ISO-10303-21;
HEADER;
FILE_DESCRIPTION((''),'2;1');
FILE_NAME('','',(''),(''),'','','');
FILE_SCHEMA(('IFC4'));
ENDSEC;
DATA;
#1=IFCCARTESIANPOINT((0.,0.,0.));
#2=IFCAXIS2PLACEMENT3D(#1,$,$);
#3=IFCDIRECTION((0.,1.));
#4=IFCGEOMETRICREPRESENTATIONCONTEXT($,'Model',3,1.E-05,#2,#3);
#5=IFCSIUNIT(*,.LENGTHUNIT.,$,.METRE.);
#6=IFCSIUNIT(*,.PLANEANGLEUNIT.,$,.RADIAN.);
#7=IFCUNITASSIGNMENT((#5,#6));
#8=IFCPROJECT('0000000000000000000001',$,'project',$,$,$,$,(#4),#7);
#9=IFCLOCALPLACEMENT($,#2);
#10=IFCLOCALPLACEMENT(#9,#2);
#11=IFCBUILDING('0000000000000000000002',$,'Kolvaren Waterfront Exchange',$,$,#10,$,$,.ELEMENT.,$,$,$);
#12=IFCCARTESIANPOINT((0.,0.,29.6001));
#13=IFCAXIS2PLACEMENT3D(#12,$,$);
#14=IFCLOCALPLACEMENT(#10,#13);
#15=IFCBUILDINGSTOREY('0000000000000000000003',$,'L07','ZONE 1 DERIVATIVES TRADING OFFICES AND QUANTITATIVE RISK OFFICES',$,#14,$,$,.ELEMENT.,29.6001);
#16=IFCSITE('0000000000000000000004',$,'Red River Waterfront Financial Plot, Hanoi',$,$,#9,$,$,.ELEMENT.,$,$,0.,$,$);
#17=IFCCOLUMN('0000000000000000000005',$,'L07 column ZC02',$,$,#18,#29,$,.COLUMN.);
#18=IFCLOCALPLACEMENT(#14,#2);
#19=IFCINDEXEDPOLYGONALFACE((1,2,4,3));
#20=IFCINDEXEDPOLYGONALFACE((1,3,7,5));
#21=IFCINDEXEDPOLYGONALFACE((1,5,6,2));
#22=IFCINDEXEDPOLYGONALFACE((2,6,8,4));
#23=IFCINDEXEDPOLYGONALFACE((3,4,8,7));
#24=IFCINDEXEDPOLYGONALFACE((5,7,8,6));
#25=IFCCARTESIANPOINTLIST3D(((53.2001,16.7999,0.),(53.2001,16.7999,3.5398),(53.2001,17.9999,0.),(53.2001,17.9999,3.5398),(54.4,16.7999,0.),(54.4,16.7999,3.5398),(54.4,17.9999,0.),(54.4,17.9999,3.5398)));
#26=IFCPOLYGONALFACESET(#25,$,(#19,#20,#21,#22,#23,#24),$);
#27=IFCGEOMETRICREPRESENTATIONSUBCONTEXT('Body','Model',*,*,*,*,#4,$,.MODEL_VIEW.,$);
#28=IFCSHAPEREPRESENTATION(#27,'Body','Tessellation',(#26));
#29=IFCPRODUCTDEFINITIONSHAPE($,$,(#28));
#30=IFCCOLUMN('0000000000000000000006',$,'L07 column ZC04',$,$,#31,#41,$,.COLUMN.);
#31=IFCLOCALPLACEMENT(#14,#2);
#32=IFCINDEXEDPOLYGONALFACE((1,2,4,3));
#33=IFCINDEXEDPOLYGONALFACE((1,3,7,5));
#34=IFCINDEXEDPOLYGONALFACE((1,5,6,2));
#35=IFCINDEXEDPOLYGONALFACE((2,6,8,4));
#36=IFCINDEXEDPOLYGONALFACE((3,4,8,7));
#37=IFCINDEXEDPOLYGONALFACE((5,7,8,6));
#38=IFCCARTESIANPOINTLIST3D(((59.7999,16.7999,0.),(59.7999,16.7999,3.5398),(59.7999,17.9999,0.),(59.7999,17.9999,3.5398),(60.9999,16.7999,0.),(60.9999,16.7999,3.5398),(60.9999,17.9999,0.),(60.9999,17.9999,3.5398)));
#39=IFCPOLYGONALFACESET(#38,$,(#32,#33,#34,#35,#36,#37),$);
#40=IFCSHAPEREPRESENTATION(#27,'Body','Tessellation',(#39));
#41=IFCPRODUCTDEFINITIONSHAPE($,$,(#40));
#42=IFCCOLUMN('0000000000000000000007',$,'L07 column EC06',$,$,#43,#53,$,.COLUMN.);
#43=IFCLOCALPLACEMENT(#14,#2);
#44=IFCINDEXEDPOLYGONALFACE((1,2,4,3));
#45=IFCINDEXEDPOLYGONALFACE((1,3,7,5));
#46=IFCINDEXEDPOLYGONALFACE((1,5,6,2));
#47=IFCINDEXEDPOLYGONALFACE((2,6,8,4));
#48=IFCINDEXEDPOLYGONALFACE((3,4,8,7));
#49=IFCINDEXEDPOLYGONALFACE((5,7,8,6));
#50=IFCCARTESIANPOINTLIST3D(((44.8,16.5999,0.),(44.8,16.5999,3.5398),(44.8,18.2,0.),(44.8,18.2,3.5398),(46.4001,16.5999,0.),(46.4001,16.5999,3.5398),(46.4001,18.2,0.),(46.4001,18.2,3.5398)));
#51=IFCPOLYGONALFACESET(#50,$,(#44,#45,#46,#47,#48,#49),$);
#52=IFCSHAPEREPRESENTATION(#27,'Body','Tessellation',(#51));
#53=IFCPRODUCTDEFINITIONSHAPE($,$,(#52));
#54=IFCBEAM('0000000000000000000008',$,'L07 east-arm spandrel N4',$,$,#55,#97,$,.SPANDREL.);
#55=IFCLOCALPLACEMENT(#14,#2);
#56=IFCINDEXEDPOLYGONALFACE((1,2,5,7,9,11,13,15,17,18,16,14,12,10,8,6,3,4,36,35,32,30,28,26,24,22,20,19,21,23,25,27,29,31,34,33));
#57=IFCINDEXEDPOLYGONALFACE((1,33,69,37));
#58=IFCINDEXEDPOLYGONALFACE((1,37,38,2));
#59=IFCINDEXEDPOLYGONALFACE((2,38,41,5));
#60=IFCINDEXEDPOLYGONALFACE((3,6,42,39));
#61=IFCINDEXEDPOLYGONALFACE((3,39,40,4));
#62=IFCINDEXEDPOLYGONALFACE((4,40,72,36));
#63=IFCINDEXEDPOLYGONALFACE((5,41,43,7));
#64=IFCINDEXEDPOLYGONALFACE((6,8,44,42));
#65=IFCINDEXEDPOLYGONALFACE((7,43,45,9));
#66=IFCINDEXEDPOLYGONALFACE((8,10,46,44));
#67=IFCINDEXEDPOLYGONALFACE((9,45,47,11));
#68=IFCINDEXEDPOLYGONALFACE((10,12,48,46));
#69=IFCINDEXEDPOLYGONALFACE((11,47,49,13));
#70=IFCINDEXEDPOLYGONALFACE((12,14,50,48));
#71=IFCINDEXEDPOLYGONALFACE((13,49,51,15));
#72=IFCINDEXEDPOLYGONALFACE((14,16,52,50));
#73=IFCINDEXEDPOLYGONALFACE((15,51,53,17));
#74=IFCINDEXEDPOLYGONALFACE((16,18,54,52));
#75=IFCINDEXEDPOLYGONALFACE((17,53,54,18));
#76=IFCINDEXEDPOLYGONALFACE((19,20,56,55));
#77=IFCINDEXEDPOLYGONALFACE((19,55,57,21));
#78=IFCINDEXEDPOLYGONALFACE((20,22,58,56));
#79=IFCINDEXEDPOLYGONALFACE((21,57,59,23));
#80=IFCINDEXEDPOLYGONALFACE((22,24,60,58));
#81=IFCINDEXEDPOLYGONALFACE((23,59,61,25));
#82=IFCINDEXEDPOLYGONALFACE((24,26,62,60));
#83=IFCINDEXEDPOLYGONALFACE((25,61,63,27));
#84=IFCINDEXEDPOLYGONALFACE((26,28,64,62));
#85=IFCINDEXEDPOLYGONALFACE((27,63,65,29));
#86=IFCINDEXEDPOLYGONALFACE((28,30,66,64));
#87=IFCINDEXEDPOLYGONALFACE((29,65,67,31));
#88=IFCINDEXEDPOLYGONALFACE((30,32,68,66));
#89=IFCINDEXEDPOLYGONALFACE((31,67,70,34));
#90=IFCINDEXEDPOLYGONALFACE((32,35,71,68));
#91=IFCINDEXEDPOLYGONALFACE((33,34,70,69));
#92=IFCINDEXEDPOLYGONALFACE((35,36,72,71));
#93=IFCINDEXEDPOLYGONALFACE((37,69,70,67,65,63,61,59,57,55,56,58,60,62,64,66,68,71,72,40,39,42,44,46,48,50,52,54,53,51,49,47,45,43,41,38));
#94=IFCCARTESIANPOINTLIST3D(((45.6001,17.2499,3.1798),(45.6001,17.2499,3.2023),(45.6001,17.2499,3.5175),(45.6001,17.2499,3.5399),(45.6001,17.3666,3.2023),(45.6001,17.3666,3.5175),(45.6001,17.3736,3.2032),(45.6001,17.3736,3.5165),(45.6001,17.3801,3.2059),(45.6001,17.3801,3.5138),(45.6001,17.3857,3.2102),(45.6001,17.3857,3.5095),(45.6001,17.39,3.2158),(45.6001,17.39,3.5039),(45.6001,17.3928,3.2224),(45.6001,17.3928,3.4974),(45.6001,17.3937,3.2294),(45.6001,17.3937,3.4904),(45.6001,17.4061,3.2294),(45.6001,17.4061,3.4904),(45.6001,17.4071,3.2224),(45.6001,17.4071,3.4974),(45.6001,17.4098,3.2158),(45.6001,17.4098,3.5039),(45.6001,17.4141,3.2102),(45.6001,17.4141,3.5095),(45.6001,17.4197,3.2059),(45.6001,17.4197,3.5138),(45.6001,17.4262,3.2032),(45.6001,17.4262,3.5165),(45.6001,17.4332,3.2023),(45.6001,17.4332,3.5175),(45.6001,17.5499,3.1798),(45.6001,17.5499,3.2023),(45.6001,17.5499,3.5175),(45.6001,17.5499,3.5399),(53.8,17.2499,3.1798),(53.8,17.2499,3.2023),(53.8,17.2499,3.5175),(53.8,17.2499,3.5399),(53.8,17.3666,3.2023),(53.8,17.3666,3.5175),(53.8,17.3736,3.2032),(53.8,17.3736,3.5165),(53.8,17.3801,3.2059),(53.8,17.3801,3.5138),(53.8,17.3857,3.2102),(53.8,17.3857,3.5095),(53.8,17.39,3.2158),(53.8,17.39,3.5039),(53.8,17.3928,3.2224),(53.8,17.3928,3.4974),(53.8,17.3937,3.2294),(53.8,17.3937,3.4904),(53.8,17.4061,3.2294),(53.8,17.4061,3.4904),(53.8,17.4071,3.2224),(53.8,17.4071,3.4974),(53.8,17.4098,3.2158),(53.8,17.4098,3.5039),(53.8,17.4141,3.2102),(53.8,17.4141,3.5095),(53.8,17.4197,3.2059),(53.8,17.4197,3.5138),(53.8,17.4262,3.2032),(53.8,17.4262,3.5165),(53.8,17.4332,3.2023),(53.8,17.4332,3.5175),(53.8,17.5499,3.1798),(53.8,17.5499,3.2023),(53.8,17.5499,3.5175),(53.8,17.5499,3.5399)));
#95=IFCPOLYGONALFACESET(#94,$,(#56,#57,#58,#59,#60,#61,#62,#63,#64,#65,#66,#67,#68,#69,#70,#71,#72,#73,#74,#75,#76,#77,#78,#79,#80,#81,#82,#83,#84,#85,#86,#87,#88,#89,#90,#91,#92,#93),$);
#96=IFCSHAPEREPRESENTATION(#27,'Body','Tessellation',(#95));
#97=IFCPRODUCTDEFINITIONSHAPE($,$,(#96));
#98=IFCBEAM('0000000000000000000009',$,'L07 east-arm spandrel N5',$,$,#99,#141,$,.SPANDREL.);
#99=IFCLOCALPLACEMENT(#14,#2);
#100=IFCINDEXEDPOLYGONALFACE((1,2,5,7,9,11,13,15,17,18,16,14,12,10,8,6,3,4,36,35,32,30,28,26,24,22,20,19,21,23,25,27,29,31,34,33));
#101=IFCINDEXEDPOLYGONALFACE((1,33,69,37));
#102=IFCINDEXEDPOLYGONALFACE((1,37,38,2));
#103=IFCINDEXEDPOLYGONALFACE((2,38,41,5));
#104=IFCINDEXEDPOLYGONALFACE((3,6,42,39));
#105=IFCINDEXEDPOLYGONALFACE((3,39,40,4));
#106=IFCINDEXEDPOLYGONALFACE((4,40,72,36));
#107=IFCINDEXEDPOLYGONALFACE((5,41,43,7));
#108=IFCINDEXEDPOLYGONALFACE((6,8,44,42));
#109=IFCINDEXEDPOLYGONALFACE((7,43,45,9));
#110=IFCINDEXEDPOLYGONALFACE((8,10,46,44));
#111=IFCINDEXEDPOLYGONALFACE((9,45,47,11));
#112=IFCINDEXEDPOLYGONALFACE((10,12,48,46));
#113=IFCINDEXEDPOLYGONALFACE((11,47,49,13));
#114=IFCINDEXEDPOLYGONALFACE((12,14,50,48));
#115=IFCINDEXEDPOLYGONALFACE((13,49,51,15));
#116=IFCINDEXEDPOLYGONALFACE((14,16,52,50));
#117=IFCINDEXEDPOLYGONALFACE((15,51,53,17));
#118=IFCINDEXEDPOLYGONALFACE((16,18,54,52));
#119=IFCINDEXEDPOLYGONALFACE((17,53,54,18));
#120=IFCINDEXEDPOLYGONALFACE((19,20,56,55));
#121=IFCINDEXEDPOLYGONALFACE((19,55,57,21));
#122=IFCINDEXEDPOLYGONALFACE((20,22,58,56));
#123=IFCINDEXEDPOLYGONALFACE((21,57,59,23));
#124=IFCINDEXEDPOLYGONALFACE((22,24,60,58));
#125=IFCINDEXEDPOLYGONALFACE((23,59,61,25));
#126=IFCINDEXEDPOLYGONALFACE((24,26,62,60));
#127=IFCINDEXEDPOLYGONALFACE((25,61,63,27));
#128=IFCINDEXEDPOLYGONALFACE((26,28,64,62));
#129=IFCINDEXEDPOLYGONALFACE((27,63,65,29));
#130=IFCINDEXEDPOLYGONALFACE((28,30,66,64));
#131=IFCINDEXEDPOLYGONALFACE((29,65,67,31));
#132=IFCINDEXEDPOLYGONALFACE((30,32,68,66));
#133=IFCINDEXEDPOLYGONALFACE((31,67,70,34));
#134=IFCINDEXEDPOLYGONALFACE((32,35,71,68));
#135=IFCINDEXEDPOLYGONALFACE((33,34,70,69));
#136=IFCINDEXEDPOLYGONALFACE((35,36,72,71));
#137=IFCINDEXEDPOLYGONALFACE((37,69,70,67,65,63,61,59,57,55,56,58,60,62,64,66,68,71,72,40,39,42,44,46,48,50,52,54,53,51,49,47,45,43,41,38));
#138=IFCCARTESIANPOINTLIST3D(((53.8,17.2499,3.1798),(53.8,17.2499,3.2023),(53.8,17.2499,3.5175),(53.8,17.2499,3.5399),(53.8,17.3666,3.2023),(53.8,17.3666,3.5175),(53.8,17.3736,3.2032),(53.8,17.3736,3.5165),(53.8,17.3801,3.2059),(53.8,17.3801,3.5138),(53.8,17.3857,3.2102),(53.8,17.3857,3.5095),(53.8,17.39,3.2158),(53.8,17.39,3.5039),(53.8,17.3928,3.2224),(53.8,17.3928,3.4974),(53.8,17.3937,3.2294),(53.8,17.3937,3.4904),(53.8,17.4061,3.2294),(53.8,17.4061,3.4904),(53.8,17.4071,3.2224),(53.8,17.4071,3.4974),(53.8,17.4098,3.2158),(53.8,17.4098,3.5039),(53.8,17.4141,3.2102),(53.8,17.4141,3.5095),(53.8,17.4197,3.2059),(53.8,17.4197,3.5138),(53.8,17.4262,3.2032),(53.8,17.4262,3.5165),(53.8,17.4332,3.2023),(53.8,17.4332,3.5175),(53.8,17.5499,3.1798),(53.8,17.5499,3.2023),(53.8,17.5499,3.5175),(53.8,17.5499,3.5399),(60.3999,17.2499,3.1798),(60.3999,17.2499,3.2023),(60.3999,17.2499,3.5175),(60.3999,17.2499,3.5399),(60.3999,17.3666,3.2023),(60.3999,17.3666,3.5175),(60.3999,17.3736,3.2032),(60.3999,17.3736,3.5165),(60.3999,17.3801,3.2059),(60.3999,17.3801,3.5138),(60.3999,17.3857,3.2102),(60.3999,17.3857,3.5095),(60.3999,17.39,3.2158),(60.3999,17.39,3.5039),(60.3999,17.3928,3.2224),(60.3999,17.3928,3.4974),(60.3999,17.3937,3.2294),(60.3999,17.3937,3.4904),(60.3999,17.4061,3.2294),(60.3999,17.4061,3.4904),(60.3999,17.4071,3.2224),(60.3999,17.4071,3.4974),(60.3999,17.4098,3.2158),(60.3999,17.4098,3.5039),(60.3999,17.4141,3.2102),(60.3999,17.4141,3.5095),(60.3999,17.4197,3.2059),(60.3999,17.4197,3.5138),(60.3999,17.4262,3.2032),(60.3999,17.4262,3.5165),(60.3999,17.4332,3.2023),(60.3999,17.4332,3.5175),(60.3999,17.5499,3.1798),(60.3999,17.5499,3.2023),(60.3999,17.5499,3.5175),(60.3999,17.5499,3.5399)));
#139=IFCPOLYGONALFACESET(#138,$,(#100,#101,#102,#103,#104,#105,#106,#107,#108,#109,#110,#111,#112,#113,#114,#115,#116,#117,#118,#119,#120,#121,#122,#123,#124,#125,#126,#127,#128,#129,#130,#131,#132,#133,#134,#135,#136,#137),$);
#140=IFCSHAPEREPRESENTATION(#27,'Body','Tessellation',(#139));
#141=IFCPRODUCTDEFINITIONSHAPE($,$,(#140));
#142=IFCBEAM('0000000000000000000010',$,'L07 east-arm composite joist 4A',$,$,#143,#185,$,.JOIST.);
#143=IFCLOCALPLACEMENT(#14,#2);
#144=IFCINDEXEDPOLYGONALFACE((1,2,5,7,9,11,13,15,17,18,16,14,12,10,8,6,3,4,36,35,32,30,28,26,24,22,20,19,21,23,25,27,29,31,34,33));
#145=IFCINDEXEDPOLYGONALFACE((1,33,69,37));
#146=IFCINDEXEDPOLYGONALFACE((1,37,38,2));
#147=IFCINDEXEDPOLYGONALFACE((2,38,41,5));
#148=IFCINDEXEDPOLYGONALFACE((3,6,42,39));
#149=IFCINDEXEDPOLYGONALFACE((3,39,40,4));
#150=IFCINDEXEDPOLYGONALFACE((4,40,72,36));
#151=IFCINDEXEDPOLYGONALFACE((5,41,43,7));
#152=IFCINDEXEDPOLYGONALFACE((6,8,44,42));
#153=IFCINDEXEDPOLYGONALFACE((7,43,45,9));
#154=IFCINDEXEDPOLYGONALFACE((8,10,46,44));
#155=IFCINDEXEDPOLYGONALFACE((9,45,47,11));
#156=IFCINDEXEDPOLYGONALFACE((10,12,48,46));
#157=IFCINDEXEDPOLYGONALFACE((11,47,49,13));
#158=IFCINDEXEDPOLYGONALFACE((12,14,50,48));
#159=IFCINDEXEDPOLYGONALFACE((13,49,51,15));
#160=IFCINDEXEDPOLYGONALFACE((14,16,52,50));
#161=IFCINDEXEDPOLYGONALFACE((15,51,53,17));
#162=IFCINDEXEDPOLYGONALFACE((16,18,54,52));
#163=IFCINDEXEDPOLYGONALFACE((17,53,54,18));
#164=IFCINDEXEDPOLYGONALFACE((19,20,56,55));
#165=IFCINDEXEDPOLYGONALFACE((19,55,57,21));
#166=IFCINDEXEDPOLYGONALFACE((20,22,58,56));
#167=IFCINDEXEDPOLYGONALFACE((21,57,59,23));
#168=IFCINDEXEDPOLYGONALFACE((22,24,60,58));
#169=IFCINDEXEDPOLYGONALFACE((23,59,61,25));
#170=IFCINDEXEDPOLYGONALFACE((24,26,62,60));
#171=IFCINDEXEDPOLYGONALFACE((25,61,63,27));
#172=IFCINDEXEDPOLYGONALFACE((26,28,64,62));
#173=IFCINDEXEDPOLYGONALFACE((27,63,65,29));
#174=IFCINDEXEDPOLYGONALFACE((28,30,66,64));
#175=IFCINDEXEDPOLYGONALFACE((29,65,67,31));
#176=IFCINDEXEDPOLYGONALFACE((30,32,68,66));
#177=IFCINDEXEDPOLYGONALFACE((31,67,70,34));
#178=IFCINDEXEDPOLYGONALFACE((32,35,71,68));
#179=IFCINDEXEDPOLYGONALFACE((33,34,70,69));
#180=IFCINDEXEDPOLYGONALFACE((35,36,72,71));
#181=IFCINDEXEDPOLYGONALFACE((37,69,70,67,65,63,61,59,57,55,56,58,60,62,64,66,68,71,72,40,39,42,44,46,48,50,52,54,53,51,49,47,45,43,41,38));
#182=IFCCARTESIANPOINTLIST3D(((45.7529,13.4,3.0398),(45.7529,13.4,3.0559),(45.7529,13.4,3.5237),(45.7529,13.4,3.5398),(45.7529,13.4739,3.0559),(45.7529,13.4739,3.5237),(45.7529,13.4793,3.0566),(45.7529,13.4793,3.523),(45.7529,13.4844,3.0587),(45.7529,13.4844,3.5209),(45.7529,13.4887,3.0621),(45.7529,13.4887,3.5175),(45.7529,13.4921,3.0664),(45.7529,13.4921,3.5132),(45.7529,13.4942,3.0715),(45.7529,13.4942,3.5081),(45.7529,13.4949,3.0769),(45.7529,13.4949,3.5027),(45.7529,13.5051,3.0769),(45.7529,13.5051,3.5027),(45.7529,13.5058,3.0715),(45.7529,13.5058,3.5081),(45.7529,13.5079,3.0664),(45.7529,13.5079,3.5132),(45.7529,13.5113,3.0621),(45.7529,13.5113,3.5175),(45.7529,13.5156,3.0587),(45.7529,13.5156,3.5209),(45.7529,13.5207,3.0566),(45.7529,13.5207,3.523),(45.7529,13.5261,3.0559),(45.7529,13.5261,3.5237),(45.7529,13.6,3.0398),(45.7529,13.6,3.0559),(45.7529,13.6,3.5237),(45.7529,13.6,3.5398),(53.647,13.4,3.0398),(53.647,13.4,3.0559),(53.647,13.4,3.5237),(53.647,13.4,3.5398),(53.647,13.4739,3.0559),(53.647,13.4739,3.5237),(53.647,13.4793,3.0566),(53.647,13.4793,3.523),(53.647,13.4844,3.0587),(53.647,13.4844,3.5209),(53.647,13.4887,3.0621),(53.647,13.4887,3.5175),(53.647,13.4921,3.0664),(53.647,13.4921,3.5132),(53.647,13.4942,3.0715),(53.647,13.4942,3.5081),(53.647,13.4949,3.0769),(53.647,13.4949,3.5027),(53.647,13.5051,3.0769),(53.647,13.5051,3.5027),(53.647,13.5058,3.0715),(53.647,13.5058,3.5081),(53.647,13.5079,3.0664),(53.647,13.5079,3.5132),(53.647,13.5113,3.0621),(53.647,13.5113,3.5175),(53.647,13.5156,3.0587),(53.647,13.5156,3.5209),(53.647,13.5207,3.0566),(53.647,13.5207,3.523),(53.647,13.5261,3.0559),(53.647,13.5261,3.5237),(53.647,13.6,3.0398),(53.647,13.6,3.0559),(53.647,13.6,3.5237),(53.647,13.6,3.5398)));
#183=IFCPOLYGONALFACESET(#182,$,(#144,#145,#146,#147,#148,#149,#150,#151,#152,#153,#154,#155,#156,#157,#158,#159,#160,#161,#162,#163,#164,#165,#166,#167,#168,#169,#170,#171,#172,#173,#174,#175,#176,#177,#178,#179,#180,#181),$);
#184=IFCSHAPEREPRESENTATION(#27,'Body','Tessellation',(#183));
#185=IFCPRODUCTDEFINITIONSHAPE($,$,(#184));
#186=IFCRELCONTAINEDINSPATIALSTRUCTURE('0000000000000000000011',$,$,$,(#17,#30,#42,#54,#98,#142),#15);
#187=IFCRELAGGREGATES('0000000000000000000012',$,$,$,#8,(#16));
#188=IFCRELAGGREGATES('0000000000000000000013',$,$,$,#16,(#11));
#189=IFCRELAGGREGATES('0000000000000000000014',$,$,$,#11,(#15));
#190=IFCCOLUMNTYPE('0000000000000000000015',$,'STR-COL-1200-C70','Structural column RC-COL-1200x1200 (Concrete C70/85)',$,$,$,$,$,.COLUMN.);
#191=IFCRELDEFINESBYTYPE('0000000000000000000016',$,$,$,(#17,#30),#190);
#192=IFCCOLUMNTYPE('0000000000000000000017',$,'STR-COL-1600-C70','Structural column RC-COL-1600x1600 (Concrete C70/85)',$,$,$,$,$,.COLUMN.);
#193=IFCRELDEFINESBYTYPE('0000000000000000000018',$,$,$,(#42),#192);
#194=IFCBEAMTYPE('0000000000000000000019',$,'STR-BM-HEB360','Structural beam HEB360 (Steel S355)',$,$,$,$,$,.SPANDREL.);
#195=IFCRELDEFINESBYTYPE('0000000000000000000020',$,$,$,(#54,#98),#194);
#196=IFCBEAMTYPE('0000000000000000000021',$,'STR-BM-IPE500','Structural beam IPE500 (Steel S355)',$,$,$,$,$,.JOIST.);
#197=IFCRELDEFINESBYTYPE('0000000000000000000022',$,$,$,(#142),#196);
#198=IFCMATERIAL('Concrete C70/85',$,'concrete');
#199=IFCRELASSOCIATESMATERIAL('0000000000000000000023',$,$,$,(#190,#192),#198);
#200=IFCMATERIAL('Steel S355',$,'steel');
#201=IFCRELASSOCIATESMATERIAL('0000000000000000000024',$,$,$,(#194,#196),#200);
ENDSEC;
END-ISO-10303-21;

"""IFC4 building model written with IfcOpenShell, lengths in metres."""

from ifc_helpers import new_model, si_unit, direction, frame, origin, origin_2d, place, context, subcontext, project, spatial, rectangle, i_section, extrude, material, material_profile, profile_set, type_object, element, save


model = new_model("IFC4")

# Units and contexts
model_context = context("Model", 3, precision=1e-05, world=origin(), true_north=direction((0.0, 1.0)))
body_context = subcontext(model_context, "Body", "Model", "MODEL_VIEW")
ifc_project = project(units=[si_unit("LENGTHUNIT", "METRE"), si_unit("PLANEANGLEUNIT", "RADIAN")], contexts=[model_context])

# Site, building, storey
site_placement = place(None, origin())
site = spatial("IfcSite", under=ifc_project, at=site_placement, Name="Red River Waterfront Financial Plot, Hanoi", CompositionType="ELEMENT", RefElevation=0.0)
building_placement = place(site_placement, origin())
building = spatial("IfcBuilding", under=site, at=building_placement, Name="Kolvaren Waterfront Exchange", CompositionType="ELEMENT")
storey_placement = place(building_placement, frame((0.0, 0.0, 29.6001)))
storey = spatial("IfcBuildingStorey", under=building, at=storey_placement, Name="L07", Description="ZONE 1 DERIVATIVES TRADING OFFICES AND QUANTITATIVE RISK OFFICES", CompositionType="ELEMENT", Elevation=29.6001)

# Columns
ifc_material_1 = material(Name="Concrete C70/85", Category="concrete")
ifc_material_profile_1 = material_profile(ifc_material_1, rectangle(XDim=1.2, YDim=1.2, at=origin_2d()), Name="RC-COL-1200x1200")
ifc_profile_set_1 = profile_set([ifc_material_profile_1], Name="Concrete C70/85")
column_type_1 = type_object("IfcColumnType", Name="STR-COL-1200-C70", Description="Structural column RC-COL-1200x1200 (Concrete C70/85)", PredefinedType="COLUMN", material=ifc_profile_set_1)
for number, where, z_axis, x_axis, name in (
    (1, (53.8, 17.3999, 0.0), (0.0, 0.0, 1.0), (1.0, 0.0, 0.0), "L07 column ZC02"),
    (2, (60.3999, 17.3999, 0.0), (0.0, 0.0, 1.0), (1.0, 0.0, 0.0), "L07 column ZC04"),
):
    element("IfcColumn", number, at=place(storey_placement, frame(where, z_axis=z_axis, x_axis=x_axis)), inside=storey, type_object=column_type_1, Name=name, PredefinedType="COLUMN", context=body_context, shape_type="SweptSolid", body=[
        extrude(rectangle(XDim=1.2, YDim=1.2, at=origin_2d()), origin(), (0.0, 0.0, 1.0), 3.5398),
    ])
ifc_material_profile_2 = material_profile(ifc_material_1, rectangle(XDim=1.6001, YDim=1.6001, at=origin_2d()), Name="RC-COL-1600x1600")
ifc_profile_set_2 = profile_set([ifc_material_profile_2], Name="Concrete C70/85")
column_type_2 = type_object("IfcColumnType", Name="STR-COL-1600-C70", Description="Structural column RC-COL-1600x1600 (Concrete C70/85)", PredefinedType="COLUMN", material=ifc_profile_set_2)
column_placement = place(storey_placement, frame((45.6001, 17.3999, 0.0), z_axis=(0.0, 0.0, 1.0), x_axis=(1.0, 0.0, 0.0)))
element("IfcColumn", 3, at=column_placement, inside=storey, type_object=column_type_2, Name="L07 column EC06", PredefinedType="COLUMN", context=body_context, shape_type="SweptSolid", body=[
    extrude(rectangle(XDim=1.6001, YDim=1.6001, at=origin_2d()), origin(), (0.0, 0.0, 1.0), 3.5398),
])

# Beams
ifc_material_2 = material(Name="Steel S355", Category="steel")
ifc_material_profile_3 = material_profile(ifc_material_2, i_section(OverallWidth=0.3, OverallDepth=0.3601, WebThickness=0.0125, FlangeThickness=0.0225, FilletRadius=0.0271, at=origin_2d()), Name="HEB360")
ifc_profile_set_3 = profile_set([ifc_material_profile_3], Name="Steel S355")
beam_type_1 = type_object("IfcBeamType", Name="STR-BM-HEB360", Description="Structural beam HEB360 (Steel S355)", PredefinedType="SPANDREL", material=ifc_profile_set_3)
beam_1_placement = place(storey_placement, frame((45.6001, 17.3999, 3.3599), z_axis=(1.0, 0.0, 0.0), x_axis=(0.0, 1.0, 0.0)))
element("IfcBeam", 4, at=beam_1_placement, inside=storey, type_object=beam_type_1, Name="L07 east-arm spandrel N4", PredefinedType="SPANDREL", context=body_context, shape_type="SweptSolid", body=[
    extrude(i_section(OverallWidth=0.3, OverallDepth=0.3601, WebThickness=0.0125, FlangeThickness=0.0225, FilletRadius=0.0271, at=origin_2d()), origin(), (0.0, 0.0, 1.0), 8.2),
])
beam_2_placement = place(storey_placement, frame((53.8, 17.3999, 3.3599), z_axis=(1.0, 0.0, 0.0), x_axis=(0.0, 1.0, 0.0)))
element("IfcBeam", 5, at=beam_2_placement, inside=storey, type_object=beam_type_1, Name="L07 east-arm spandrel N5", PredefinedType="SPANDREL", context=body_context, shape_type="SweptSolid", body=[
    extrude(i_section(OverallWidth=0.3, OverallDepth=0.3601, WebThickness=0.0125, FlangeThickness=0.0225, FilletRadius=0.0271, at=origin_2d()), origin(), (0.0, 0.0, 1.0), 6.5999),
])
ifc_material_profile_4 = material_profile(ifc_material_2, i_section(OverallWidth=0.2, OverallDepth=0.5, WebThickness=0.0103, FlangeThickness=0.0161, FilletRadius=0.021, at=origin_2d()), Name="IPE500")
ifc_profile_set_4 = profile_set([ifc_material_profile_4], Name="Steel S355")
beam_type_2 = type_object("IfcBeamType", Name="STR-BM-IPE500", Description="Structural beam IPE500 (Steel S355)", PredefinedType="JOIST", material=ifc_profile_set_4)
for number, where, z_axis, x_axis, name in (
    (6, (45.7529, 13.5, 3.2898), (1.0, 0.0, 0.0), (0.0, 1.0, 0.0), "L07 east-arm composite joist 4A"),
):
    element("IfcBeam", number, at=place(storey_placement, frame(where, z_axis=z_axis, x_axis=x_axis)), inside=storey, type_object=beam_type_2, Name=name, PredefinedType="JOIST", context=body_context, shape_type="SweptSolid", body=[
        extrude(i_section(OverallWidth=0.2, OverallDepth=0.5, WebThickness=0.0103, FlangeThickness=0.0161, FilletRadius=0.021, at=origin_2d()), origin(), (0.0, 0.0, 1.0), 7.894),
    ])

save(model, "model.ifc")
